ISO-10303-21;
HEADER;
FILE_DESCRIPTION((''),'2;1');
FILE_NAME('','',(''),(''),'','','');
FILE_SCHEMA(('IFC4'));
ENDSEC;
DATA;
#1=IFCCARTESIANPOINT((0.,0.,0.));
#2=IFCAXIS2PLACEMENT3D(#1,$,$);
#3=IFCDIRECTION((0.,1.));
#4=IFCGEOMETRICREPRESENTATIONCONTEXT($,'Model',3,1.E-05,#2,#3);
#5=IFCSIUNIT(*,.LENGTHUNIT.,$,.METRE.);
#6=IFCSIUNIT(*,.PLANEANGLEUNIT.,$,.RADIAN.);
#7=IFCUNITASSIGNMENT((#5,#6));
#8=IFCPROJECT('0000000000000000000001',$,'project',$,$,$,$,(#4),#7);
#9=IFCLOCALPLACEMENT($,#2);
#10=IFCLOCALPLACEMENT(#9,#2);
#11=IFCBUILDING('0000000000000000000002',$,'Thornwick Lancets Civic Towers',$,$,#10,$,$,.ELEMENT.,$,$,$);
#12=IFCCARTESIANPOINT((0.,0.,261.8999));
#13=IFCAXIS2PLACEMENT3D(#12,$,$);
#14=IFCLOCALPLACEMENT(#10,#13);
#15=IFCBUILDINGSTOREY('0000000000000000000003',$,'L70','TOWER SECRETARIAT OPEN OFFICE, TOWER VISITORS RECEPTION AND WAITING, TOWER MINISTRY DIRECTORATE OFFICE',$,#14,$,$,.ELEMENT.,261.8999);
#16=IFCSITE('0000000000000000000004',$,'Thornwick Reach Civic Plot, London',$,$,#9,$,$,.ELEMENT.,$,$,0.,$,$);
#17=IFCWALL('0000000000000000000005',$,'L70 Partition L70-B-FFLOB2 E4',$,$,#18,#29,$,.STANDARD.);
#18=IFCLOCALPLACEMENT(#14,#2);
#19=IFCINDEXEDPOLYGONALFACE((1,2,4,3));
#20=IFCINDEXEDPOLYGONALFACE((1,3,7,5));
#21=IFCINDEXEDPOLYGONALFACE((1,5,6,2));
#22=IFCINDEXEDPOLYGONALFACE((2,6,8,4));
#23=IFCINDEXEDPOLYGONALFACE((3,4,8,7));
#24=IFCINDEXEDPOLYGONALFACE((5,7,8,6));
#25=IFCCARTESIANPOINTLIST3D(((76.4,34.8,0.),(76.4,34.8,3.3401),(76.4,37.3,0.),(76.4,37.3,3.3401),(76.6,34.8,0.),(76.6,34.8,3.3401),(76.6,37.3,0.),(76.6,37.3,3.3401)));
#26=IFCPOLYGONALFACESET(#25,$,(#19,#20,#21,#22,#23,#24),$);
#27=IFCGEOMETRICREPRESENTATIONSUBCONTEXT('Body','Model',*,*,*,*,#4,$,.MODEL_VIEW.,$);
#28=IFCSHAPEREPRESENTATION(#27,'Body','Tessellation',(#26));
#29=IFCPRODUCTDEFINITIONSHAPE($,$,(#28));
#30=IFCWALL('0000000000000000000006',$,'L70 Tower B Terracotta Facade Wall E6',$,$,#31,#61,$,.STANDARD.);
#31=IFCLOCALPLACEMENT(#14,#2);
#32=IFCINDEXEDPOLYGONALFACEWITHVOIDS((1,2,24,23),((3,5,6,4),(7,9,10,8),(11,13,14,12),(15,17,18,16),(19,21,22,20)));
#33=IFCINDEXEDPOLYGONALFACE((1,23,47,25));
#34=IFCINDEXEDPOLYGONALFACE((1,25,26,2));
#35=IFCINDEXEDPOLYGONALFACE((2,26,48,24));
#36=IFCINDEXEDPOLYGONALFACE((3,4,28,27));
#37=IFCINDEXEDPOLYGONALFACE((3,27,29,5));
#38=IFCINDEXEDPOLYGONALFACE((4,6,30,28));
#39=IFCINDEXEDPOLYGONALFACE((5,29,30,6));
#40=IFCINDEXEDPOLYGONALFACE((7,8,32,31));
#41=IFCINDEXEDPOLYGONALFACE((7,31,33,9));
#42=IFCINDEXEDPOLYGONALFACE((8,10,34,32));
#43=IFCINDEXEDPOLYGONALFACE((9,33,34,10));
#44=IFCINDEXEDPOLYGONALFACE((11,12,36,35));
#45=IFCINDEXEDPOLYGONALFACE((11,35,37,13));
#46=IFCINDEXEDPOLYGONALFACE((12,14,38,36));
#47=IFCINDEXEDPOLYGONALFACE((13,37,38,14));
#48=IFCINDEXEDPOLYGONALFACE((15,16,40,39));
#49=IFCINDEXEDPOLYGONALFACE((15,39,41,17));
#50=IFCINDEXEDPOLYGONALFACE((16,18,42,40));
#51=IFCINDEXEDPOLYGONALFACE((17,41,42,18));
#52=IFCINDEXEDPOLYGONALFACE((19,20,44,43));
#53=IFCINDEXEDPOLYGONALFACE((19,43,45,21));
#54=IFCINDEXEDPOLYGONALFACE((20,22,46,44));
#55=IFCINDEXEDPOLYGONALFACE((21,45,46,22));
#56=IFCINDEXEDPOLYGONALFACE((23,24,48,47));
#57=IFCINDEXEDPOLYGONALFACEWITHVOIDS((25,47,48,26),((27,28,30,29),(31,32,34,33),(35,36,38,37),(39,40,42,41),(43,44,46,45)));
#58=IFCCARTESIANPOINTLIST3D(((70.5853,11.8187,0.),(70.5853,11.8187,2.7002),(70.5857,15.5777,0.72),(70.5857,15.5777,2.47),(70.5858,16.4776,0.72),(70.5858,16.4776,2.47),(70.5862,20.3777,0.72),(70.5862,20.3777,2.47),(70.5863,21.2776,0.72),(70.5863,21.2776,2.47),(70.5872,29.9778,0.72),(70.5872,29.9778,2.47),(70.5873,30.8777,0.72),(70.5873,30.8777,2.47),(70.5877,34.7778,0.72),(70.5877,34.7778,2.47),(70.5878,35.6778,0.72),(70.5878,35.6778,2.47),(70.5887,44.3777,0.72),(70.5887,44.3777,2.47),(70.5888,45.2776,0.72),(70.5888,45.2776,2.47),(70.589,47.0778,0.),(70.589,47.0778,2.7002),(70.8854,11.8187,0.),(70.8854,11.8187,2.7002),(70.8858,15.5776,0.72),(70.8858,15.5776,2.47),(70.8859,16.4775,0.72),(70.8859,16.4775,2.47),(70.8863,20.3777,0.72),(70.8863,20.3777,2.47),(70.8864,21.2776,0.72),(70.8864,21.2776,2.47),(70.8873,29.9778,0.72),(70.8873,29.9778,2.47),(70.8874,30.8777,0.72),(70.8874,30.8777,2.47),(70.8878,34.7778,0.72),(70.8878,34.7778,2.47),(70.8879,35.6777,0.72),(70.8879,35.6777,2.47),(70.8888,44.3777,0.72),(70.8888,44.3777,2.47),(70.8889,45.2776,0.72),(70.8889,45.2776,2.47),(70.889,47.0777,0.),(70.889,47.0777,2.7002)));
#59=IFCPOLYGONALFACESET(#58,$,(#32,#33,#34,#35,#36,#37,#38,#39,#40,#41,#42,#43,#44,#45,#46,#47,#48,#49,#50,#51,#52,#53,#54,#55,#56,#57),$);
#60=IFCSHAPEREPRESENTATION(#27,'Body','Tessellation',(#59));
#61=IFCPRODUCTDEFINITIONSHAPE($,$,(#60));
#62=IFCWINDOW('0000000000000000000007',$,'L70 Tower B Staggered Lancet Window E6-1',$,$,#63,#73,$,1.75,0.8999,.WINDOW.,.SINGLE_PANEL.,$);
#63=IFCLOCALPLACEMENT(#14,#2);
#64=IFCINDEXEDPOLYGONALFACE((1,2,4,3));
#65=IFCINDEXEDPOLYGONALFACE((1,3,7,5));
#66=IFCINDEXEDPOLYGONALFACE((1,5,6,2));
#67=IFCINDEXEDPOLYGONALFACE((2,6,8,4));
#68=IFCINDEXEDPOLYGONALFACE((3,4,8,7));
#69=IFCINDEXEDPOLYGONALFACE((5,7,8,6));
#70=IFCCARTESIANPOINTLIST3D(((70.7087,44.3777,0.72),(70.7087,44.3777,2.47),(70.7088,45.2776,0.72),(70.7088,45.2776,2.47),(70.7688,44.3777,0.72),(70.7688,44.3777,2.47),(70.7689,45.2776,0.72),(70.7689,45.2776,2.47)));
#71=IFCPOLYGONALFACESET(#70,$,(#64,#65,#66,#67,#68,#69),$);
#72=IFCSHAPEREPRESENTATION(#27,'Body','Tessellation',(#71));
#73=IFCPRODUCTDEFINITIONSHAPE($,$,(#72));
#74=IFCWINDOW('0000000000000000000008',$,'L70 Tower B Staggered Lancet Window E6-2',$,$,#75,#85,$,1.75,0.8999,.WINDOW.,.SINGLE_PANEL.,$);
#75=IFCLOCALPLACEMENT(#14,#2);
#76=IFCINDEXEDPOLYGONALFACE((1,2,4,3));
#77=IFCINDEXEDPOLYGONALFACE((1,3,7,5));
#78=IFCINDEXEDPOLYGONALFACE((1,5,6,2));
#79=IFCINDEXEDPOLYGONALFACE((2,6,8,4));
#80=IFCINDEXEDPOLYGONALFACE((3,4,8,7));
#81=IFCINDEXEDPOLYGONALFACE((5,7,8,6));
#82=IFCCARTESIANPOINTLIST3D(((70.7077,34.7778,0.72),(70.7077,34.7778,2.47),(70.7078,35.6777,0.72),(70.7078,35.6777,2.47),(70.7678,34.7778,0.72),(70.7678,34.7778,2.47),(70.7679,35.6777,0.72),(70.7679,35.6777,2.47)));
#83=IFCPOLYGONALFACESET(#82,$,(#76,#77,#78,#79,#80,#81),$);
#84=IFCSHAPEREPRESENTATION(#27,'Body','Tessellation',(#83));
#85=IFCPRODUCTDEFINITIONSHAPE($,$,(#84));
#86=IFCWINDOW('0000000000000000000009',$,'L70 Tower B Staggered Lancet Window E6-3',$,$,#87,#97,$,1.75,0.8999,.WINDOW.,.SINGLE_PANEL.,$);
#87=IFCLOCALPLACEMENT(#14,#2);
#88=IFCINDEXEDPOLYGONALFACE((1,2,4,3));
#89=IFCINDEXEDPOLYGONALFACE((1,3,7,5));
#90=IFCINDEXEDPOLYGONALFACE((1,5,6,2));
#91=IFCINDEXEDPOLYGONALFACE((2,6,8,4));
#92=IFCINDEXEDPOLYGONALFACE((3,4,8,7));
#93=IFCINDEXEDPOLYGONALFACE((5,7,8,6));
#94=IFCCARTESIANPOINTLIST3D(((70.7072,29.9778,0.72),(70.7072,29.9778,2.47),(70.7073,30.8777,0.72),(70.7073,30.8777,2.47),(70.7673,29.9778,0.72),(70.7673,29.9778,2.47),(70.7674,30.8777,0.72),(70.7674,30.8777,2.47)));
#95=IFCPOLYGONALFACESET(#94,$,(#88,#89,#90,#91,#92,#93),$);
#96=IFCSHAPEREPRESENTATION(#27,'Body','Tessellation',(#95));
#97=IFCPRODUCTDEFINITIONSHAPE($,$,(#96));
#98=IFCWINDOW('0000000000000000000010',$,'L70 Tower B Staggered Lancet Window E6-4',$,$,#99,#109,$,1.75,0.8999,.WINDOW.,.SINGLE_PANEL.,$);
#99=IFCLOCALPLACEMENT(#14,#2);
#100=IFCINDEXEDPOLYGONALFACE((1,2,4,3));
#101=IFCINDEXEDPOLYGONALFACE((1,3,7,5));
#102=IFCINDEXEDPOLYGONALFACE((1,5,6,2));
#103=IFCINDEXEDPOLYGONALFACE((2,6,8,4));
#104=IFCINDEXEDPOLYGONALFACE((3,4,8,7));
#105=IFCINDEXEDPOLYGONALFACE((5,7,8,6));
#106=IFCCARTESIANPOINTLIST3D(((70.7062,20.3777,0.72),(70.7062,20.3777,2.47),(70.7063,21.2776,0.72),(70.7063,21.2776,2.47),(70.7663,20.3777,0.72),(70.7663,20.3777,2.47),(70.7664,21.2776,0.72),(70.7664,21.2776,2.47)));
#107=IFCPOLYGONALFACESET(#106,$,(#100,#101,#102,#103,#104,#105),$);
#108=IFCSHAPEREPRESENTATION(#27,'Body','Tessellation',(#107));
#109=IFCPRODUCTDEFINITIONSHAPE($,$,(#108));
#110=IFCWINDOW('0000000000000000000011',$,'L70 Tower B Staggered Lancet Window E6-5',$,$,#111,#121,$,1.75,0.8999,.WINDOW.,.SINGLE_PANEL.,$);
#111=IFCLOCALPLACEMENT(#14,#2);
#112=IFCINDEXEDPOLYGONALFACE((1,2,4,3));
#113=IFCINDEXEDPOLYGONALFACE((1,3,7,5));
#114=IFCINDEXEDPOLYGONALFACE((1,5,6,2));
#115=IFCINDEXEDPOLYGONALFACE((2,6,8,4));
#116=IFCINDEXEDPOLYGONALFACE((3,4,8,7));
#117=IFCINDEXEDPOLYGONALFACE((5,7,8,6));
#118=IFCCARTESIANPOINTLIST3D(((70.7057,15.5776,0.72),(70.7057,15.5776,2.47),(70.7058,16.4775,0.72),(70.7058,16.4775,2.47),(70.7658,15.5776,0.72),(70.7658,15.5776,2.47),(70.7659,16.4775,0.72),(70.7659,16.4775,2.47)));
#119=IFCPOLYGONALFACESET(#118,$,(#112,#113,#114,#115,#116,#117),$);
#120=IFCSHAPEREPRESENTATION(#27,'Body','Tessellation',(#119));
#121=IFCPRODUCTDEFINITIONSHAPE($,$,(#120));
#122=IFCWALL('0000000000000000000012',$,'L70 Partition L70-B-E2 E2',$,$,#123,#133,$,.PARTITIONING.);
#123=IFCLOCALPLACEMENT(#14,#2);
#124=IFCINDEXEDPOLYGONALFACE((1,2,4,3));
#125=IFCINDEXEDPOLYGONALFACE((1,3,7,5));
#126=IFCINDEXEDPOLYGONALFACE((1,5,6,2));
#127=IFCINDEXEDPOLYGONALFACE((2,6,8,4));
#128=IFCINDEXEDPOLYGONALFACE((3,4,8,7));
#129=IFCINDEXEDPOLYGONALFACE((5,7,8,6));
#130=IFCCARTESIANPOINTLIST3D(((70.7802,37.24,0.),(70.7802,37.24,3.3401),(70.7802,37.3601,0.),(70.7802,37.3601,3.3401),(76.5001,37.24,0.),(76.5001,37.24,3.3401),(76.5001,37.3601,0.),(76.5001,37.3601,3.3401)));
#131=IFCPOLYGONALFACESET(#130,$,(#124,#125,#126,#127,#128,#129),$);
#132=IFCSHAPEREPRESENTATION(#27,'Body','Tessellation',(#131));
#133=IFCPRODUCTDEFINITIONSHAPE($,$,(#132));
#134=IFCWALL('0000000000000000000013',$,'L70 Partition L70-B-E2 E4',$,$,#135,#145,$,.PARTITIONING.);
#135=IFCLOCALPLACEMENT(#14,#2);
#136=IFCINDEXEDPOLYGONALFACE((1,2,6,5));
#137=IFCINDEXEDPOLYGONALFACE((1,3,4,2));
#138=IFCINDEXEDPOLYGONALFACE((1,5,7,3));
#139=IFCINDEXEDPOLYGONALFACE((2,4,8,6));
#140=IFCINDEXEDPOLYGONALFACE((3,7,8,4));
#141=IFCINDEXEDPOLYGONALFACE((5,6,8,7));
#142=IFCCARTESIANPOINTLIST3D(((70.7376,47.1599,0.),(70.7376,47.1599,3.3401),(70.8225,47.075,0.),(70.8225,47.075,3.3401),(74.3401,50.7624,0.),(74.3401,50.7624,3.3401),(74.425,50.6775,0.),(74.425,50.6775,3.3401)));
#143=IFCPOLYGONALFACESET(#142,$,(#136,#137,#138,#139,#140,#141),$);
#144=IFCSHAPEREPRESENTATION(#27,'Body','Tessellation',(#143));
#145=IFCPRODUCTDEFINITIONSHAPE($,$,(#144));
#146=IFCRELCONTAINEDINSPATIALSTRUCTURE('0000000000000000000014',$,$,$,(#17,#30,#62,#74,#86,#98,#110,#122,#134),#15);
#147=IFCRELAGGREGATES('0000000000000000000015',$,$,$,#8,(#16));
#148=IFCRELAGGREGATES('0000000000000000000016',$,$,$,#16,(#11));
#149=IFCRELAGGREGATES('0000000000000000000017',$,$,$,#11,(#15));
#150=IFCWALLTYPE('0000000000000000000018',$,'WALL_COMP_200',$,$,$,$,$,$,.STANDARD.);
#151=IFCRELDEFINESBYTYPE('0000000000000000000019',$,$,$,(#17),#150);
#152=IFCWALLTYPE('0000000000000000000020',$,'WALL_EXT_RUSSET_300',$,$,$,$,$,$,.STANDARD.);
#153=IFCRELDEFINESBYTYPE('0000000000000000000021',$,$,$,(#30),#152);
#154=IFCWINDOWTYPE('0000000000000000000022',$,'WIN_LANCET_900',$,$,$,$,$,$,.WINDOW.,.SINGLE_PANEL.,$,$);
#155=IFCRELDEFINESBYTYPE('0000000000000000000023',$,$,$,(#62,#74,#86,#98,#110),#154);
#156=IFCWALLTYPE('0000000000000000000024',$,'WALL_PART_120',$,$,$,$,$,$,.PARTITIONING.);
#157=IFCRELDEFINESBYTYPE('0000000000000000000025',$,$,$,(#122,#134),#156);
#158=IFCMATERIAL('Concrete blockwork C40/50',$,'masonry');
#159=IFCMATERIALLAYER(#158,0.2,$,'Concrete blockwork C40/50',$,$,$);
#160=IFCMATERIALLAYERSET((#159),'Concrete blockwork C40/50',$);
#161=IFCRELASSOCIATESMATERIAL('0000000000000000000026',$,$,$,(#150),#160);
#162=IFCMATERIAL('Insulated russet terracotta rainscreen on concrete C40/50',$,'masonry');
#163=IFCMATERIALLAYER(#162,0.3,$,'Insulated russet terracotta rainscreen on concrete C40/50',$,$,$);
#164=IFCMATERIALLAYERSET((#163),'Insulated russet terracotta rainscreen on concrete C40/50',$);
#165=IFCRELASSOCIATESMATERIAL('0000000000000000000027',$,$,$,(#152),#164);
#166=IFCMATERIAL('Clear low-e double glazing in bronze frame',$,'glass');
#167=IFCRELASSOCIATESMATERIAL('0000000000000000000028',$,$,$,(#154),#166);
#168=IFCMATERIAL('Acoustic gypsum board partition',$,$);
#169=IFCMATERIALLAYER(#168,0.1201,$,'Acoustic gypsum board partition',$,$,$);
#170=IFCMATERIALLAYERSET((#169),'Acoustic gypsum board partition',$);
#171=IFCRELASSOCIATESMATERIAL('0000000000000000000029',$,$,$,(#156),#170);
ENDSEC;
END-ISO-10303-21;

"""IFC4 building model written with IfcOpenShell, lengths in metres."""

from ifc_helpers import new_model, si_unit, direction, frame, frame_2d, origin, place, context, subcontext, project, spatial, rectangle, extrude, material, layer, layer_set, type_object, element, fill, save


model = new_model("IFC4")

# Units and contexts
model_context = context("Model", 3, precision=1e-05, world=origin(), true_north=direction((0.0, 1.0)))
body_context = subcontext(model_context, "Body", "Model", "MODEL_VIEW")
ifc_project = project(units=[si_unit("LENGTHUNIT", "METRE"), si_unit("PLANEANGLEUNIT", "RADIAN")], contexts=[model_context])

# Site, building, storey
site_placement = place(None, origin())
site = spatial("IfcSite", under=ifc_project, at=site_placement, Name="Thornwick Reach Civic Plot, London", CompositionType="ELEMENT", RefElevation=0.0)
building_placement = place(site_placement, origin())
building = spatial("IfcBuilding", under=site, at=building_placement, Name="Thornwick Lancets Civic Towers", CompositionType="ELEMENT")
storey_placement = place(building_placement, frame((0.0, 0.0, 261.8999)))
storey = spatial("IfcBuildingStorey", under=building, at=storey_placement, Name="L70", Description="TOWER SECRETARIAT OPEN OFFICE, TOWER VISITORS RECEPTION AND WAITING, TOWER MINISTRY DIRECTORATE OFFICE", CompositionType="ELEMENT", Elevation=261.8999)

# Wall
ifc_material_1 = material(Name="Concrete blockwork C40/50", Category="masonry")
ifc_layer_1 = layer(ifc_material_1, 0.2, Name="Concrete blockwork C40/50")
ifc_layer_set_1 = layer_set([ifc_layer_1], Name="Concrete blockwork C40/50")
wall_type_1 = type_object("IfcWallType", Name="WALL_COMP_200", PredefinedType="STANDARD", material=ifc_layer_set_1)
wall_1_placement = place(storey_placement, frame((76.5, 37.3, 0.0), z_axis=(0.0, 0.0, 1.0), x_axis=(0.0, -1.0, 0.0)))
element("IfcWall", 1, at=wall_1_placement, inside=storey, type_object=wall_type_1, Name="L70 Partition L70-B-FFLOB2 E4", PredefinedType="STANDARD", context=body_context, shape_type="SweptSolid", body=[
    extrude(rectangle(XDim=2.5, YDim=0.2, at=frame_2d((1.25, 0.0))), origin(), (0.0, 0.0, 1.0), 3.3401),
])

# Wall, openings, windows
ifc_material_2 = material(Name="Insulated russet terracotta rainscreen on concrete C40/50", Category="masonry")
ifc_layer_2 = layer(ifc_material_2, 0.3, Name="Insulated russet terracotta rainscreen on concrete C40/50")
ifc_layer_set_2 = layer_set([ifc_layer_2], Name="Insulated russet terracotta rainscreen on concrete C40/50")
wall_type_2 = type_object("IfcWallType", Name="WALL_EXT_RUSSET_300", PredefinedType="STANDARD", material=ifc_layer_set_2)
wall_2_placement = place(storey_placement, frame((70.739, 47.0776, 0.0), z_axis=(0.0, 0.0, 1.0), x_axis=(-0.000104, -1.0, 0.0)))
wall_2 = element("IfcWall", 2, at=wall_2_placement, inside=storey, type_object=wall_type_2, Name="L70 Tower B Terracotta Facade Wall E6", PredefinedType="STANDARD", context=body_context, shape_type="SweptSolid", body=[
    extrude(rectangle(XDim=35.259, YDim=0.3, at=frame_2d((17.6294, 0.0))), origin(), (0.0, 0.0, 1.0), 2.7002),
])
opening_1_placement = place(wall_2_placement, frame((1.8, 0.0, 0.72)))
opening_1 = element("IfcOpeningElement", 3, at=opening_1_placement, cuts=wall_2, PredefinedType="OPENING", context=body_context, shape_type="SweptSolid", body=[
    extrude(rectangle(XDim=0.8999, YDim=1.75, at=frame_2d((0.45, 0.875))), frame((0.0, 0.1602, 0.0), z_axis=(0.0, -1.0, 0.0), x_axis=(1.0, 0.0, 0.0)), (0.0, 0.0, 1.0), 0.3201),
])
opening_2_placement = place(wall_2_placement, frame((11.3999, 0.0, 0.72)))
opening_2 = element("IfcOpeningElement", 4, at=opening_2_placement, cuts=wall_2, PredefinedType="OPENING", context=body_context, shape_type="SweptSolid", body=[
    extrude(rectangle(XDim=0.8999, YDim=1.75, at=frame_2d((0.45, 0.875))), frame((0.0, 0.1602, 0.0), z_axis=(0.0, -1.0, 0.0), x_axis=(1.0, 0.0, 0.0)), (0.0, 0.0, 1.0), 0.3201),
])
opening_3_placement = place(wall_2_placement, frame((16.2, 0.0, 0.72)))
opening_3 = element("IfcOpeningElement", 5, at=opening_3_placement, cuts=wall_2, PredefinedType="OPENING", context=body_context, shape_type="SweptSolid", body=[
    extrude(rectangle(XDim=0.8999, YDim=1.75, at=frame_2d((0.45, 0.875))), frame((0.0, 0.1602, 0.0), z_axis=(0.0, -1.0, 0.0), x_axis=(1.0, 0.0, 0.0)), (0.0, 0.0, 1.0), 0.3201),
])
opening_4_placement = place(wall_2_placement, frame((25.8, 0.0, 0.72)))
opening_4 = element("IfcOpeningElement", 6, at=opening_4_placement, cuts=wall_2, PredefinedType="OPENING", context=body_context, shape_type="SweptSolid", body=[
    extrude(rectangle(XDim=0.8999, YDim=1.75, at=frame_2d((0.45, 0.875))), frame((0.0, 0.1602, 0.0), z_axis=(0.0, -1.0, 0.0), x_axis=(1.0, 0.0, 0.0)), (0.0, 0.0, 1.0), 0.3201),
])
opening_5_placement = place(wall_2_placement, frame((30.6001, 0.0, 0.72)))
opening_5 = element("IfcOpeningElement", 7, at=opening_5_placement, cuts=wall_2, PredefinedType="OPENING", context=body_context, shape_type="SweptSolid", body=[
    extrude(rectangle(XDim=0.8999, YDim=1.75, at=frame_2d((0.45, 0.875))), frame((0.0, 0.1602, 0.0), z_axis=(0.0, -1.0, 0.0), x_axis=(1.0, 0.0, 0.0)), (0.0, 0.0, 1.0), 0.3201),
])
ifc_material_3 = material(Name="Clear low-e double glazing in bronze frame", Category="glass")
window_type = type_object("IfcWindowType", Name="WIN_LANCET_900", PartitioningType="SINGLE_PANEL", PredefinedType="WINDOW", material=ifc_material_3)
window_1_placement = place(opening_1_placement, origin())
window_1 = element("IfcWindow", 8, at=window_1_placement, inside=storey, type_object=window_type, Name="L70 Tower B Staggered Lancet Window E6-1", OverallHeight=1.75, OverallWidth=0.8999, PartitioningType="SINGLE_PANEL", PredefinedType="WINDOW", context=body_context, shape_type="SweptSolid", body=[
    extrude(rectangle(XDim=0.8999, YDim=1.75, at=frame_2d((0.45, 0.875))), frame((0.0, 0.03, 0.0), z_axis=(0.0, -1.0, 0.0), x_axis=(1.0, 0.0, 0.0)), (0.0, 0.0, 1.0), 0.0601),
])
fill(opening_1, window_1)
window_2_placement = place(opening_2_placement, origin())
window_2 = element("IfcWindow", 9, at=window_2_placement, inside=storey, type_object=window_type, Name="L70 Tower B Staggered Lancet Window E6-2", OverallHeight=1.75, OverallWidth=0.8999, PartitioningType="SINGLE_PANEL", PredefinedType="WINDOW", context=body_context, shape_type="SweptSolid", body=[
    extrude(rectangle(XDim=0.8999, YDim=1.75, at=frame_2d((0.45, 0.875))), frame((0.0, 0.03, 0.0), z_axis=(0.0, -1.0, 0.0), x_axis=(1.0, 0.0, 0.0)), (0.0, 0.0, 1.0), 0.0601),
])
fill(opening_2, window_2)
window_3_placement = place(opening_3_placement, origin())
window_3 = element("IfcWindow", 10, at=window_3_placement, inside=storey, type_object=window_type, Name="L70 Tower B Staggered Lancet Window E6-3", OverallHeight=1.75, OverallWidth=0.8999, PartitioningType="SINGLE_PANEL", PredefinedType="WINDOW", context=body_context, shape_type="SweptSolid", body=[
    extrude(rectangle(XDim=0.8999, YDim=1.75, at=frame_2d((0.45, 0.875))), frame((0.0, 0.03, 0.0), z_axis=(0.0, -1.0, 0.0), x_axis=(1.0, 0.0, 0.0)), (0.0, 0.0, 1.0), 0.0601),
])
fill(opening_3, window_3)
window_4_placement = place(opening_4_placement, origin())
window_4 = element("IfcWindow", 11, at=window_4_placement, inside=storey, type_object=window_type, Name="L70 Tower B Staggered Lancet Window E6-4", OverallHeight=1.75, OverallWidth=0.8999, PartitioningType="SINGLE_PANEL", PredefinedType="WINDOW", context=body_context, shape_type="SweptSolid", body=[
    extrude(rectangle(XDim=0.8999, YDim=1.75, at=frame_2d((0.45, 0.875))), frame((0.0, 0.03, 0.0), z_axis=(0.0, -1.0, 0.0), x_axis=(1.0, 0.0, 0.0)), (0.0, 0.0, 1.0), 0.0601),
])
fill(opening_4, window_4)
window_5_placement = place(opening_5_placement, origin())
window_5 = element("IfcWindow", 12, at=window_5_placement, inside=storey, type_object=window_type, Name="L70 Tower B Staggered Lancet Window E6-5", OverallHeight=1.75, OverallWidth=0.8999, PartitioningType="SINGLE_PANEL", PredefinedType="WINDOW", context=body_context, shape_type="SweptSolid", body=[
    extrude(rectangle(XDim=0.8999, YDim=1.75, at=frame_2d((0.45, 0.875))), frame((0.0, 0.03, 0.0), z_axis=(0.0, -1.0, 0.0), x_axis=(1.0, 0.0, 0.0)), (0.0, 0.0, 1.0), 0.0601),
])
fill(opening_5, window_5)

# Walls
ifc_material_4 = material(Name="Acoustic gypsum board partition")
ifc_layer_3 = layer(ifc_material_4, 0.1201, Name="Acoustic gypsum board partition")
ifc_layer_set_3 = layer_set([ifc_layer_3], Name="Acoustic gypsum board partition")
wall_type_3 = type_object("IfcWallType", Name="WALL_PART_120", PredefinedType="PARTITIONING", material=ifc_layer_set_3)
wall_3_placement = place(storey_placement, frame((76.5, 37.3, 0.0), z_axis=(0.0, 0.0, 1.0), x_axis=(-1.0, 0.0, 0.0)))
element("IfcWall", 13, at=wall_3_placement, inside=storey, type_object=wall_type_3, Name="L70 Partition L70-B-E2 E2", PredefinedType="PARTITIONING", context=body_context, shape_type="SweptSolid", body=[
    extrude(rectangle(XDim=5.72, YDim=0.1201, at=frame_2d((2.8599, 0.0))), origin(), (0.0, 0.0, 1.0), 3.3401),
])
wall_4_placement = place(storey_placement, frame((70.78, 47.1174, 0.0), z_axis=(0.0, 0.0, 1.0), x_axis=(0.707107, 0.707107, 0.0)))
element("IfcWall", 14, at=wall_4_placement, inside=storey, type_object=wall_type_3, Name="L70 Partition L70-B-E2 E4", PredefinedType="PARTITIONING", context=body_context, shape_type="SweptSolid", body=[
    extrude(rectangle(XDim=5.0947, YDim=0.1201, at=frame_2d((2.5474, 0.0))), origin(), (0.0, 0.0, 1.0), 3.3401),
])

save(model, "model.ifc")
